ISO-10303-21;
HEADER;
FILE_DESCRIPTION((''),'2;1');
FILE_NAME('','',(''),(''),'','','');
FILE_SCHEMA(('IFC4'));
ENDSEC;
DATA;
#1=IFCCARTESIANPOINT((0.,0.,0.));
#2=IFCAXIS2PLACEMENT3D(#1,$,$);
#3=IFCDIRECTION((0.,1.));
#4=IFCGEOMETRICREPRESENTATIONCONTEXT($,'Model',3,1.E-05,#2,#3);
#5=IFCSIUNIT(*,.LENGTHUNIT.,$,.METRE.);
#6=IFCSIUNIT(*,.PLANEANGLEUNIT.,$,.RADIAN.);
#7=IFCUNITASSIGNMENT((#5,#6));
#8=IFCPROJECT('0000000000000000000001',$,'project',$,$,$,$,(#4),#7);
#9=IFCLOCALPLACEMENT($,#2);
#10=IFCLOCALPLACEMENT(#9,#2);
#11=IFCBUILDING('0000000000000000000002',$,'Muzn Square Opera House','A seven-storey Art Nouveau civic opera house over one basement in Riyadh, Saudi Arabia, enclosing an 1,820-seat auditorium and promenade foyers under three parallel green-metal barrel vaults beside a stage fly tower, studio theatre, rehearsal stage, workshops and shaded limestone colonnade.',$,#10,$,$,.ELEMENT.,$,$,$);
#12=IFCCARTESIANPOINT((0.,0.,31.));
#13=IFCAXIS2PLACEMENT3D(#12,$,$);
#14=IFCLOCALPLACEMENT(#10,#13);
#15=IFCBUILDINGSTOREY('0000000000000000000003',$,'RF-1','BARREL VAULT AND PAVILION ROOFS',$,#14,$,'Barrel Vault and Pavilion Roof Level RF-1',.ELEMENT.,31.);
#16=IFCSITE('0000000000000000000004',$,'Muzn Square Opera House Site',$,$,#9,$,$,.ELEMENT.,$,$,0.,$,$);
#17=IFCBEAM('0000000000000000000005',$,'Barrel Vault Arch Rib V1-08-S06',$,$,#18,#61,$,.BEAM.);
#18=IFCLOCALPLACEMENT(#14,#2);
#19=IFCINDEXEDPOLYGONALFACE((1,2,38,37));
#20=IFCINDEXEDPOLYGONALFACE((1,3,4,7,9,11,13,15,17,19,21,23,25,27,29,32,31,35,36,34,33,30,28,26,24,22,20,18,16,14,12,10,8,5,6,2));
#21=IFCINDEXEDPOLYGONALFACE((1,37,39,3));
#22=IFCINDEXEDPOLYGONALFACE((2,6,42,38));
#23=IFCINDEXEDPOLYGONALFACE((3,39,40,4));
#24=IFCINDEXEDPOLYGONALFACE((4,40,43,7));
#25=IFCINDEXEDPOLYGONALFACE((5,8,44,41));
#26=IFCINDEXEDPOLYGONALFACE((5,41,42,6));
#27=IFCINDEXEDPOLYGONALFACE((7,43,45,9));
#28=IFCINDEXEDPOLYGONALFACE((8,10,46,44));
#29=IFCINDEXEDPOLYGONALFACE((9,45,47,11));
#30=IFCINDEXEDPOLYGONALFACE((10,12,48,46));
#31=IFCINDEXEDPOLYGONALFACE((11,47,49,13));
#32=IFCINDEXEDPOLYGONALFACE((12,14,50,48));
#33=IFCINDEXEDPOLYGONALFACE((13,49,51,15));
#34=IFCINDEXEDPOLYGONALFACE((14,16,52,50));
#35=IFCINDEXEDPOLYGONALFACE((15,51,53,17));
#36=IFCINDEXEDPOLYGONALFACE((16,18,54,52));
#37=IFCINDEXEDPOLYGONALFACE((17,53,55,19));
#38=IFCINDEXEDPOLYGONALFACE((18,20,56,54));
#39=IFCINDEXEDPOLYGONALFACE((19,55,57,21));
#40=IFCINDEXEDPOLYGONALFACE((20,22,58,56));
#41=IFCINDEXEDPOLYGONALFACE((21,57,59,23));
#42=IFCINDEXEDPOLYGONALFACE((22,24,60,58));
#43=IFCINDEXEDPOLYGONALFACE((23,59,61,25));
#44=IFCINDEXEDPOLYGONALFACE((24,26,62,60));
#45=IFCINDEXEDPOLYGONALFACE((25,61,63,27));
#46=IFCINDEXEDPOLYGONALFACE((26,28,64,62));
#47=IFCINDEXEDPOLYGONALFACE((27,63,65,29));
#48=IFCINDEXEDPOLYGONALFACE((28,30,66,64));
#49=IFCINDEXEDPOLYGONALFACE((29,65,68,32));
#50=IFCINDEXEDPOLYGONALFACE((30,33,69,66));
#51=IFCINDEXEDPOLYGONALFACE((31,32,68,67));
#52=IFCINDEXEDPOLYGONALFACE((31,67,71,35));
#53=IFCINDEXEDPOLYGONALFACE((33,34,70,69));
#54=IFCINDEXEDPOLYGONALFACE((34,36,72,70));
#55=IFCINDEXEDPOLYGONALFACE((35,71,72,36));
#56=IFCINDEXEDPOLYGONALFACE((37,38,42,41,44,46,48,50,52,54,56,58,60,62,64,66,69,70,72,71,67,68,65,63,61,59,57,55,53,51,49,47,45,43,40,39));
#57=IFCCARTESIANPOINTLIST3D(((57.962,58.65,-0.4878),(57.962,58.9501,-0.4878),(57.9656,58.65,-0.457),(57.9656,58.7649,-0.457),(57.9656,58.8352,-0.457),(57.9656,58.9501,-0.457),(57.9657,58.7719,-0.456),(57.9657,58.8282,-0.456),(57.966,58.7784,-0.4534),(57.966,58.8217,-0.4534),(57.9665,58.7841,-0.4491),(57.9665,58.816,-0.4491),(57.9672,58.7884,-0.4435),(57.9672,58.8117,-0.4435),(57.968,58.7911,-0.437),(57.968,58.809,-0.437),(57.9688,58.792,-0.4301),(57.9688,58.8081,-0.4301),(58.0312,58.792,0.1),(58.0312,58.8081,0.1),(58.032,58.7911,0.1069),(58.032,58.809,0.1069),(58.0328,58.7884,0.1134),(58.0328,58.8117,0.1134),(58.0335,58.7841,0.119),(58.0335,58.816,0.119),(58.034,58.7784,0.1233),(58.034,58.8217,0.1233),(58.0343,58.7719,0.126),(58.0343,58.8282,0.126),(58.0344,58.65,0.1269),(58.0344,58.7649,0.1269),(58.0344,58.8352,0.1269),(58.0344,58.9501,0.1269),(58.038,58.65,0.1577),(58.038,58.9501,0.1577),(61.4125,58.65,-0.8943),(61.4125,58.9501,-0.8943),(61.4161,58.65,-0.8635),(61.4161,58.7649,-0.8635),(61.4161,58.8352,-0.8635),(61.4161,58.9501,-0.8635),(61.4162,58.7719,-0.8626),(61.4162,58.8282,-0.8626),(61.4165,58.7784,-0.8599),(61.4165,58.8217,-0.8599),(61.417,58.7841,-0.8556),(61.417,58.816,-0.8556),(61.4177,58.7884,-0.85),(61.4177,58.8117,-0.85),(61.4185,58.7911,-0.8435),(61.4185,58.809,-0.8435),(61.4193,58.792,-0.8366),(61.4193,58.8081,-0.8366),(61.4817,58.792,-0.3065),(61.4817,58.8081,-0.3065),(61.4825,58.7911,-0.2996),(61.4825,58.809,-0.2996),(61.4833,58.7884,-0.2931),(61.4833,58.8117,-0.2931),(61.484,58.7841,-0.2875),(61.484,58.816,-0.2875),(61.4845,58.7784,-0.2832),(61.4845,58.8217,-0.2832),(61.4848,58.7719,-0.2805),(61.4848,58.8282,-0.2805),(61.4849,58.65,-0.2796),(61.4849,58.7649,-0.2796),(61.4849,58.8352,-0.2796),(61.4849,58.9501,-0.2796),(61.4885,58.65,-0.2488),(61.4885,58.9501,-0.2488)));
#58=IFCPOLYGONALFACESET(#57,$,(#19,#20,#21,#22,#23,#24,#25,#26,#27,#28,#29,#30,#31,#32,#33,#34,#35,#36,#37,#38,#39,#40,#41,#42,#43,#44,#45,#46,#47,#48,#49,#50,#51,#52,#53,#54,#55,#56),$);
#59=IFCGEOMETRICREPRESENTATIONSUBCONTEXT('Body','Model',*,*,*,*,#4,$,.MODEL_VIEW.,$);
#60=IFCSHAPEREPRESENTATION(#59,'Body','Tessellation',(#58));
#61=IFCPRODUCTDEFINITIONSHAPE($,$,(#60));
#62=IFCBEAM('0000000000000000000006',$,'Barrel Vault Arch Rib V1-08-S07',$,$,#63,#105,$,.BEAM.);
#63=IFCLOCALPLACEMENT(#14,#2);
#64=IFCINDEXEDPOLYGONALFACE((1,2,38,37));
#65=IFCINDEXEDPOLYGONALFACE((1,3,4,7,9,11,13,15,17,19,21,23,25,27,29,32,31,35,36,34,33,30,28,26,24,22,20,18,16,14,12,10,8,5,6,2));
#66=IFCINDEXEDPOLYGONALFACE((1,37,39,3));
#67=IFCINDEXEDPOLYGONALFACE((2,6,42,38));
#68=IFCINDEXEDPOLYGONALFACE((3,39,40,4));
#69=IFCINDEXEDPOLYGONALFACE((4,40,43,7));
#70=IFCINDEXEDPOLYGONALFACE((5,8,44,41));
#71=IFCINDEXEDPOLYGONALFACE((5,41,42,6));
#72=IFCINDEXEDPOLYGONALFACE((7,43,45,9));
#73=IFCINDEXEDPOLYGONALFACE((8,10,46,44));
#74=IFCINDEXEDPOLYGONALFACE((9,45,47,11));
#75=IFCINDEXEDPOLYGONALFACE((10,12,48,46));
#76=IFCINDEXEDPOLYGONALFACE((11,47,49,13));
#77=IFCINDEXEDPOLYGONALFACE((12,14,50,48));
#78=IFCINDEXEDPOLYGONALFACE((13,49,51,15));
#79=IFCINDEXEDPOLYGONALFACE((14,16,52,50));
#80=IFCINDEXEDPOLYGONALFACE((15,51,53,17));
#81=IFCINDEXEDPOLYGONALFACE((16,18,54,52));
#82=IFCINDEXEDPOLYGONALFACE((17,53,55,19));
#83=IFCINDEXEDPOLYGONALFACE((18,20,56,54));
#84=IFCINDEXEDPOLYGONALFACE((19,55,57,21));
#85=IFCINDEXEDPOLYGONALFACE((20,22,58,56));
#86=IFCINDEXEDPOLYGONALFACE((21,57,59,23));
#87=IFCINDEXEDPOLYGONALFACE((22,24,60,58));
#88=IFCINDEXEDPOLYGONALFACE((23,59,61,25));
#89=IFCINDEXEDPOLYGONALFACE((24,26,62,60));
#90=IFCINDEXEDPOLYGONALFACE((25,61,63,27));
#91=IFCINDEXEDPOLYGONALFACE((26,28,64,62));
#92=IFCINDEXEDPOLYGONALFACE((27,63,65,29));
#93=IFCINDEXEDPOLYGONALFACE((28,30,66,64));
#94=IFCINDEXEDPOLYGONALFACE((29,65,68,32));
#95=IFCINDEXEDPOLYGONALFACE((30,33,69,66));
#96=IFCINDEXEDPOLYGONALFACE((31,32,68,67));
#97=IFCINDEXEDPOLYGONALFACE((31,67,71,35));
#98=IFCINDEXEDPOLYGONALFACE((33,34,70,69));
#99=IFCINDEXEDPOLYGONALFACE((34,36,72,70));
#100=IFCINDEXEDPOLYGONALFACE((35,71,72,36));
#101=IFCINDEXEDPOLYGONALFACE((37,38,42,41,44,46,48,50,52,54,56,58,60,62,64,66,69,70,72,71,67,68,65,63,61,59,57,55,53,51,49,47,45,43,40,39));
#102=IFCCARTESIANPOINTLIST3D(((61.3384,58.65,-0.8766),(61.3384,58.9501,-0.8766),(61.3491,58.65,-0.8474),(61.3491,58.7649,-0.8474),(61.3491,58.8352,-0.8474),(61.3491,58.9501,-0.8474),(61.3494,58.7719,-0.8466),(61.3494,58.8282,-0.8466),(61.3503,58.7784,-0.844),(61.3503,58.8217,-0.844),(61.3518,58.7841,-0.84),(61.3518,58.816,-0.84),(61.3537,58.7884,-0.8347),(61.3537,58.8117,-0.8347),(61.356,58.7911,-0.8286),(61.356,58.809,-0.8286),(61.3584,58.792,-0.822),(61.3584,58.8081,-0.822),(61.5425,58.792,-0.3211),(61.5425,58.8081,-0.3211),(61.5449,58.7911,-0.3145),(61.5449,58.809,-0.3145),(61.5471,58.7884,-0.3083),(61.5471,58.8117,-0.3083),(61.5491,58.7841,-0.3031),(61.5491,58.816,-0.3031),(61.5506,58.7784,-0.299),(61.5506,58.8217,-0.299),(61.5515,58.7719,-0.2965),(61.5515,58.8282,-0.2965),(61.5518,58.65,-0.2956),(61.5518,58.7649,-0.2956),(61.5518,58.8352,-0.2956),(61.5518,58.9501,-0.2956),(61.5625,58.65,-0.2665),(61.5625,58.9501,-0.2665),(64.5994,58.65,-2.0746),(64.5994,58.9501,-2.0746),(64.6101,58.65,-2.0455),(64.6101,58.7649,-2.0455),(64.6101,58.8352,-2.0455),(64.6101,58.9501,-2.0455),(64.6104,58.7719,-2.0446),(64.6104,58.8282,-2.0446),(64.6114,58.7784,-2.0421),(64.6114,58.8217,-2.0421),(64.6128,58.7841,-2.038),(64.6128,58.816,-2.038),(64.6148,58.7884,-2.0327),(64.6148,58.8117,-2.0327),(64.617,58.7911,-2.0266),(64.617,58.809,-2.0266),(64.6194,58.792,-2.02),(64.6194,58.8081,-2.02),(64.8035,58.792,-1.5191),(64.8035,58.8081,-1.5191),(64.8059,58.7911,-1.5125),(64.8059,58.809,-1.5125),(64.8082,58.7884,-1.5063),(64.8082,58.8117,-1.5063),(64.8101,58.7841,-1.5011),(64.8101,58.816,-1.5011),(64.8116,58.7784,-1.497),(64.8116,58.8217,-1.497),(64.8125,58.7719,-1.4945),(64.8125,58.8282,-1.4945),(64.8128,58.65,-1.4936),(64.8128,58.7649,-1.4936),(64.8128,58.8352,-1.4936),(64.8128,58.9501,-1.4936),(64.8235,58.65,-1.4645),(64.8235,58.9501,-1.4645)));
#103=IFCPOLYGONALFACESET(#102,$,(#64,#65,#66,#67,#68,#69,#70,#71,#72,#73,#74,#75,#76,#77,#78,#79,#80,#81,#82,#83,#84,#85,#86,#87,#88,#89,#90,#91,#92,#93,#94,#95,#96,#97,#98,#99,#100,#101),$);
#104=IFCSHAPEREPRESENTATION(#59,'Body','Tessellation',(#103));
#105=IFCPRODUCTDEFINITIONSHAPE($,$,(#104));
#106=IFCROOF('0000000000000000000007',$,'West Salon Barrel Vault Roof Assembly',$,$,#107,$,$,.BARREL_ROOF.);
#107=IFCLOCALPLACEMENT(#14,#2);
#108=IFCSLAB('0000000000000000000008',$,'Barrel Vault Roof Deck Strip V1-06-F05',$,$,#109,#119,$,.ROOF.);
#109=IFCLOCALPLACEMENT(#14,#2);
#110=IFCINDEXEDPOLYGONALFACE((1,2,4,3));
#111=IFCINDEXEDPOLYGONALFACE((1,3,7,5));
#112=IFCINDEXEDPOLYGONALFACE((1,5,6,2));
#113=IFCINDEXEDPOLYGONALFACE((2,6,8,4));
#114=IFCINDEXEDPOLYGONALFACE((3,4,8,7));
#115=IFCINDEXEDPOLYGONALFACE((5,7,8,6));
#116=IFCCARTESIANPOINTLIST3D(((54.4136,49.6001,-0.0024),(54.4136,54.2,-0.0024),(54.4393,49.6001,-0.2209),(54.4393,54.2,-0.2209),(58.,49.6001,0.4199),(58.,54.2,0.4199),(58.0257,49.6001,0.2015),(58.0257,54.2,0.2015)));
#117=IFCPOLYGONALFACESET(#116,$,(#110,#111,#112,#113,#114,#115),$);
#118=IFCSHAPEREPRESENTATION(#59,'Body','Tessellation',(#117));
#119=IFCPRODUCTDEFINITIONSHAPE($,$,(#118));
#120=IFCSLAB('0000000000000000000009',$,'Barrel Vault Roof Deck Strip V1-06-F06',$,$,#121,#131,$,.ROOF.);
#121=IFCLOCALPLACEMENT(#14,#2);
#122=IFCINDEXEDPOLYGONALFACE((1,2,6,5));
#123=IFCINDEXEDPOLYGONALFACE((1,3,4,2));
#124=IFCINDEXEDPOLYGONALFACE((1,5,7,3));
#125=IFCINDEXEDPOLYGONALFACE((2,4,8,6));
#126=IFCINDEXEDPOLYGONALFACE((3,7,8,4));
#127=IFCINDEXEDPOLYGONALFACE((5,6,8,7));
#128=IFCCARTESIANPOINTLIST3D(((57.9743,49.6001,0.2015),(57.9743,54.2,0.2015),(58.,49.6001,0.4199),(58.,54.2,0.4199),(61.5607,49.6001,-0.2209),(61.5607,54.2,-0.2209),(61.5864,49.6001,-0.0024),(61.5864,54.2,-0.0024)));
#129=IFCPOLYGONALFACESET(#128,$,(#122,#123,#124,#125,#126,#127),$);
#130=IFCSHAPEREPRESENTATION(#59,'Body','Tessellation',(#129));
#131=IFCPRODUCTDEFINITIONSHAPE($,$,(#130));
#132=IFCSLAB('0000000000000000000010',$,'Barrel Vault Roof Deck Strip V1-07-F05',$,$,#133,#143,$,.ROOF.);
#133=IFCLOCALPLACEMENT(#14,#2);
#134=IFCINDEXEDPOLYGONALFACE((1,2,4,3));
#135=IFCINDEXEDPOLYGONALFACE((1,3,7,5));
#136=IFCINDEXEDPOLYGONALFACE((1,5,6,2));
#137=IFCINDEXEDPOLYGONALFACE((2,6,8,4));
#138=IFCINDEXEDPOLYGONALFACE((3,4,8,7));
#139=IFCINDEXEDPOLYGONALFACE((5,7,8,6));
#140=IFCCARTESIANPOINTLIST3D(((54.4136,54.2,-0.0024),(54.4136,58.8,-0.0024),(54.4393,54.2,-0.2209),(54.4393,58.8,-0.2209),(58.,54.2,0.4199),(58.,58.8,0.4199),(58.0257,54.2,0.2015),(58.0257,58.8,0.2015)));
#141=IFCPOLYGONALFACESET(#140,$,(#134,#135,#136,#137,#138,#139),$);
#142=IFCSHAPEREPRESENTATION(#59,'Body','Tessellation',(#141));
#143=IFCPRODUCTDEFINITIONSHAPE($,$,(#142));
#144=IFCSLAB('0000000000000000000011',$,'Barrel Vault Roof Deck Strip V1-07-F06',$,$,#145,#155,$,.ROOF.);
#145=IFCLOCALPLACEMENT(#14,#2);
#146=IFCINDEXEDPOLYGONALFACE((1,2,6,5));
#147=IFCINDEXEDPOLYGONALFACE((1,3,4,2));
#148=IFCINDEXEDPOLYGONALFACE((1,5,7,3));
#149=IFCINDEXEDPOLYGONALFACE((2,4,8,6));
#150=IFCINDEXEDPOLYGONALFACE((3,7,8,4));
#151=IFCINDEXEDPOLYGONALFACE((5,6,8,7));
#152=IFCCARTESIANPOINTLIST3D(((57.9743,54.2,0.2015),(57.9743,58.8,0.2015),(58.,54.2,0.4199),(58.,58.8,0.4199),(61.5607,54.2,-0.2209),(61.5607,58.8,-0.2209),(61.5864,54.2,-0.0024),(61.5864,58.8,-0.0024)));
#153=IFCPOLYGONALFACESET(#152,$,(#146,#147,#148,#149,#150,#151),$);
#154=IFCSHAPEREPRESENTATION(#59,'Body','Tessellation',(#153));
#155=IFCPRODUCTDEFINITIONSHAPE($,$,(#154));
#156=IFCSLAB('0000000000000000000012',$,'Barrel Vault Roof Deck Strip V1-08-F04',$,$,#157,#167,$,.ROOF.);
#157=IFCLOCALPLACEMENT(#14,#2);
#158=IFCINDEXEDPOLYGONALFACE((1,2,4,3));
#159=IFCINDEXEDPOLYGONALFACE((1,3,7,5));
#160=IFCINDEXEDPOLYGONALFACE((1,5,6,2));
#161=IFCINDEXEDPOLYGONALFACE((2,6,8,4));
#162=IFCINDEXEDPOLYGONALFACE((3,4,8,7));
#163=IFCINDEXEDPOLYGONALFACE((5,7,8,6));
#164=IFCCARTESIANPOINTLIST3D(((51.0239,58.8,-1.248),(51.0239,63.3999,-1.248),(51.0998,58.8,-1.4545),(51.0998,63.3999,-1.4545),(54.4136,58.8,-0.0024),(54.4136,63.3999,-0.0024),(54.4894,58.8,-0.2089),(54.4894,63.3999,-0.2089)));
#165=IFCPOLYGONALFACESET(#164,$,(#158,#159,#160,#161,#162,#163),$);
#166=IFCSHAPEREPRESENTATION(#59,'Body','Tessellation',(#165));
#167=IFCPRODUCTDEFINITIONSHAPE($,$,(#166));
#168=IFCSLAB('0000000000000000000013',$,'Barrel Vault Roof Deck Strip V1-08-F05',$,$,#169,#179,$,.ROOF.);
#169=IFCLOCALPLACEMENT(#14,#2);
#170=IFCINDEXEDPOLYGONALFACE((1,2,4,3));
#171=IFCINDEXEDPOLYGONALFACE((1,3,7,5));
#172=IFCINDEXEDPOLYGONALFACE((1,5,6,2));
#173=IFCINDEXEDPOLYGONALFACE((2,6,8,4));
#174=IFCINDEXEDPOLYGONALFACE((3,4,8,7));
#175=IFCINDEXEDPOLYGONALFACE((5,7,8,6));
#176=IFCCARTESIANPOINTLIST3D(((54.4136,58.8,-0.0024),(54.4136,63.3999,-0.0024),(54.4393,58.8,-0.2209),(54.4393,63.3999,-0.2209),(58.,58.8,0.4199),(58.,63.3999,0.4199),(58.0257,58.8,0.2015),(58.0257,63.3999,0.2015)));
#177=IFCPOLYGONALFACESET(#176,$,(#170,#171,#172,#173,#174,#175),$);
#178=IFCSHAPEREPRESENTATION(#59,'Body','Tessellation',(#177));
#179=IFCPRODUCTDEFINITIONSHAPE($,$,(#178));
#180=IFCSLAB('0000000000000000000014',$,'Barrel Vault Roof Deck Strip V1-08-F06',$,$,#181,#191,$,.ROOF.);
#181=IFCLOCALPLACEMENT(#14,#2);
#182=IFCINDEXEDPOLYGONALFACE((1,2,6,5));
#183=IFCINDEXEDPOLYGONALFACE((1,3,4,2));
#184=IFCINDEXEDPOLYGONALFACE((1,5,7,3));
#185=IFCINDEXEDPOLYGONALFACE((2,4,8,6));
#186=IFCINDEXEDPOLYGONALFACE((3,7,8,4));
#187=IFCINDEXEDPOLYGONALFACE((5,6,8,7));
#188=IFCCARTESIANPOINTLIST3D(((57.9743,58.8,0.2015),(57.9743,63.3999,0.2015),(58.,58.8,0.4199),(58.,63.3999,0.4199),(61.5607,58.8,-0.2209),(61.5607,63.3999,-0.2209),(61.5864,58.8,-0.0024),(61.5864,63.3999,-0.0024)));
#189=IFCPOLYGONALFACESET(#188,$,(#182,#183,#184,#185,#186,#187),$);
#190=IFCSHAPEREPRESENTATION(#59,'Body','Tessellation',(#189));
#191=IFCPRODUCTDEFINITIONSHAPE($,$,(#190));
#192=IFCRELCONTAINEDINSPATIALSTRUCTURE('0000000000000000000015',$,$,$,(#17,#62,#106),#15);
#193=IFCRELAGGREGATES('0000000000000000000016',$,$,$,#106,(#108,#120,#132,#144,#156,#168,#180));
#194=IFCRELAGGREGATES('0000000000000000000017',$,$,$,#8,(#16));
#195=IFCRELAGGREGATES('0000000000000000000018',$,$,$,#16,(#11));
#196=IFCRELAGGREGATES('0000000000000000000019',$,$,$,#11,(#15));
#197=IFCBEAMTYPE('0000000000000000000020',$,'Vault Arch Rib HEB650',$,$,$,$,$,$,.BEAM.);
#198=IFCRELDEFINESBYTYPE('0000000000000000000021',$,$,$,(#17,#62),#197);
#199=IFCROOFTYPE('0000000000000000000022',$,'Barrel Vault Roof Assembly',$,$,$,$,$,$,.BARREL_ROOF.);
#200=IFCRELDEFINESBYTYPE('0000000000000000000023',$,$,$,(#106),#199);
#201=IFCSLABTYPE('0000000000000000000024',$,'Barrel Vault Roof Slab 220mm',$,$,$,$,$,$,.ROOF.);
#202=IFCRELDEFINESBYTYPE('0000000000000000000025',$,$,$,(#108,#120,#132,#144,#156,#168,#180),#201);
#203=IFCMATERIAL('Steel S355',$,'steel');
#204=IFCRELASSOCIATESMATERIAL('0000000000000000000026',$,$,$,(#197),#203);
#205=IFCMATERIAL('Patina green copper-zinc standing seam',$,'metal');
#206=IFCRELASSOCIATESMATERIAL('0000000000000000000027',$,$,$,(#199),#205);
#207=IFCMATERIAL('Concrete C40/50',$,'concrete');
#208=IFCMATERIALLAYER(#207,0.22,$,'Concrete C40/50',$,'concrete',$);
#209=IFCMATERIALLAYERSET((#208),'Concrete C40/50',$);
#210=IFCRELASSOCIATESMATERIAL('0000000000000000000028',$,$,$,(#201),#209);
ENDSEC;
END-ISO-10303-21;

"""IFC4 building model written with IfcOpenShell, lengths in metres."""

from ifc_helpers import new_model, si_unit, direction, frame, origin, origin_2d, place, context, subcontext, project, spatial, polyline, i_section, outline, extrude, material, layer, layer_set, material_profile, profile_set, type_object, element, aggregate, save


model = new_model("IFC4")

# Units and contexts
model_context = context("Model", 3, precision=1e-05, world=origin(), true_north=direction((0.0, 1.0)))
body_context = subcontext(model_context, "Body", "Model", "MODEL_VIEW")
ifc_project = project(units=[si_unit("LENGTHUNIT", "METRE"), si_unit("PLANEANGLEUNIT", "RADIAN")], contexts=[model_context])

# Site, building, storey
site_placement = place(None, origin())
site = spatial("IfcSite", under=ifc_project, at=site_placement, Name="Muzn Square Opera House Site", CompositionType="ELEMENT", RefElevation=0.0)
building_placement = place(site_placement, origin())
building = spatial("IfcBuilding", under=site, at=building_placement, Name="Muzn Square Opera House", Description="A seven-storey Art Nouveau civic opera house over one basement in Riyadh, Saudi Arabia, enclosing an 1,820-seat auditorium and promenade foyers under three parallel green-metal barrel vaults beside a stage fly tower, studio theatre, rehearsal stage, workshops and shaded limestone colonnade.", CompositionType="ELEMENT")
storey_placement = place(building_placement, frame((0.0, 0.0, 31.0)))
storey = spatial("IfcBuildingStorey", under=building, at=storey_placement, Name="RF-1", Description="BARREL VAULT AND PAVILION ROOFS", LongName="Barrel Vault and Pavilion Roof Level RF-1", CompositionType="ELEMENT", Elevation=31.0)

# Beams
ifc_material_1 = material(Name="Steel S355", Category="steel")
ifc_material_profile_1 = material_profile(ifc_material_1, i_section(OverallWidth=0.3, OverallDepth=0.6499, WebThickness=0.0161, FlangeThickness=0.031, FilletRadius=0.0271, at=origin_2d()), Name="HEB 650", Category="steel")
ifc_profile_set_1 = profile_set([ifc_material_profile_1], Name="Steel S355")
beam_type_1 = type_object("IfcBeamType", Name="Vault Arch Rib HEB650", PredefinedType="BEAM", material=ifc_profile_set_1)
for number, where, z_axis, x_axis, name in (
    (1, (58.0, 58.8, -0.165), (0.993132, 0.0, -0.117), (0.0, 1.0, 0.0), "Barrel Vault Arch Rib V1-08-S06"),
):
    element("IfcBeam", number, at=place(storey_placement, frame(where, z_axis=z_axis, x_axis=x_axis)), inside=storey, type_object=beam_type_1, Name=name, PredefinedType="BEAM", context=body_context, shape_type="SweptSolid", body=[
        extrude(i_section(OverallWidth=0.3, OverallDepth=0.6499, WebThickness=0.0161, FlangeThickness=0.031, FilletRadius=0.0271, at=origin_2d()), origin(), (0.0, 0.0, 1.0), 3.4744),
    ])
beam_1_placement = place(storey_placement, frame((61.4504, 58.8, -0.5715), z_axis=(0.938662, 0.0, -0.344839), x_axis=(0.0, 1.0, 0.0)))
element("IfcBeam", 2, at=beam_1_placement, inside=storey, type_object=beam_type_1, Name="Barrel Vault Arch Rib V1-08-S07", PredefinedType="BEAM", context=body_context, shape_type="SweptSolid", body=[
    extrude(i_section(OverallWidth=0.3, OverallDepth=0.6499, WebThickness=0.0161, FlangeThickness=0.031, FilletRadius=0.0271, at=origin_2d()), origin(), (0.0, 0.0, 1.0), 3.4741),
])

# Roof, slabs
ifc_material_2 = material(Name="Patina green copper-zinc standing seam", Category="metal")
roof_type = type_object("IfcRoofType", Name="Barrel Vault Roof Assembly", PredefinedType="BARREL_ROOF", material=ifc_material_2)
roof_placement = place(storey_placement, origin())
roof = element("IfcRoof", 3, at=roof_placement, inside=storey, type_object=roof_type, Name="West Salon Barrel Vault Roof Assembly", PredefinedType="BARREL_ROOF")
ifc_material_3 = material(Name="Concrete C40/50", Category="concrete")
ifc_layer_1 = layer(ifc_material_3, 0.22, Name="Concrete C40/50", Category="concrete")
ifc_layer_set_1 = layer_set([ifc_layer_1], Name="Concrete C40/50")
slab_type = type_object("IfcSlabType", Name="Barrel Vault Roof Slab 220mm", PredefinedType="ROOF", material=ifc_layer_set_1)
slab_1_placement = place(storey_placement, frame((58.0, 49.6001, 0.4199), z_axis=(-0.116959, 0.0, 0.993137), x_axis=(0.0, 1.0, 0.0)))
slab_1 = element("IfcSlab", 4, at=slab_1_placement, type_object=slab_type, Name="Barrel Vault Roof Deck Strip V1-06-F05", PredefinedType="ROOF", context=body_context, shape_type="SweptSolid", body=[
    extrude(outline(polyline([(0.0, 3.6112), (0.0, 0.0), (4.5999, 0.0), (4.5999, 3.6112), (0.0, 3.6112)])), origin(), (0.0, 0.0, -1.0), 0.22),
])
slab_2_placement = place(storey_placement, frame((58.0, 49.6001, 0.4199), z_axis=(0.116959, 0.0, 0.993137), x_axis=(0.993137, 0.0, -0.116959)))
slab_2 = element("IfcSlab", 5, at=slab_2_placement, type_object=slab_type, Name="Barrel Vault Roof Deck Strip V1-06-F06", PredefinedType="ROOF", context=body_context, shape_type="SweptSolid", body=[
    extrude(outline(polyline([(0.0, 0.0), (3.6112, 0.0), (3.6112, 4.5999), (0.0, 4.5999), (0.0, 0.0)])), origin(), (0.0, 0.0, -1.0), 0.22),
])
slab_3_placement = place(storey_placement, frame((58.0, 54.2, 0.4199), z_axis=(-0.116959, 0.0, 0.993137), x_axis=(0.0, 1.0, 0.0)))
slab_3 = element("IfcSlab", 6, at=slab_3_placement, type_object=slab_type, Name="Barrel Vault Roof Deck Strip V1-07-F05", PredefinedType="ROOF", context=body_context, shape_type="SweptSolid", body=[
    extrude(outline(polyline([(0.0, 3.6112), (0.0, 0.0), (4.6001, 0.0), (4.6001, 3.6112), (0.0, 3.6112)])), origin(), (0.0, 0.0, -1.0), 0.22),
])
slab_4_placement = place(storey_placement, frame((58.0, 54.2, 0.4199), z_axis=(0.116959, 0.0, 0.993137), x_axis=(0.993137, 0.0, -0.116959)))
slab_4 = element("IfcSlab", 7, at=slab_4_placement, type_object=slab_type, Name="Barrel Vault Roof Deck Strip V1-07-F06", PredefinedType="ROOF", context=body_context, shape_type="SweptSolid", body=[
    extrude(outline(polyline([(0.0, 0.0), (3.6112, 0.0), (3.6112, 4.6001), (0.0, 4.6001), (0.0, 0.0)])), origin(), (0.0, 0.0, -1.0), 0.22),
])
slab_5_placement = place(storey_placement, frame((54.4136, 58.8, -0.0024), z_axis=(-0.344922, 0.0, 0.938631), x_axis=(0.0, 1.0, 0.0)))
slab_5 = element("IfcSlab", 8, at=slab_5_placement, type_object=slab_type, Name="Barrel Vault Roof Deck Strip V1-08-F04", PredefinedType="ROOF", context=body_context, shape_type="SweptSolid", body=[
    extrude(outline(polyline([(0.0, 3.6113), (0.0, 0.0), (4.5999, 0.0), (4.5999, 3.6113), (0.0, 3.6113)])), origin(), (0.0, 0.0, -1.0), 0.22),
])
slab_6_placement = place(storey_placement, frame((58.0, 58.8, 0.4199), z_axis=(-0.116959, 0.0, 0.993137), x_axis=(0.0, 1.0, 0.0)))
slab_6 = element("IfcSlab", 9, at=slab_6_placement, type_object=slab_type, Name="Barrel Vault Roof Deck Strip V1-08-F05", PredefinedType="ROOF", context=body_context, shape_type="SweptSolid", body=[
    extrude(outline(polyline([(0.0, 3.6112), (0.0, 0.0), (4.5999, 0.0), (4.5999, 3.6112), (0.0, 3.6112)])), origin(), (0.0, 0.0, -1.0), 0.22),
])
slab_7_placement = place(storey_placement, frame((58.0, 58.8, 0.4199), z_axis=(0.116959, 0.0, 0.993137), x_axis=(0.993137, 0.0, -0.116959)))
slab_7 = element("IfcSlab", 10, at=slab_7_placement, type_object=slab_type, Name="Barrel Vault Roof Deck Strip V1-08-F06", PredefinedType="ROOF", context=body_context, shape_type="SweptSolid", body=[
    extrude(outline(polyline([(0.0, 0.0), (3.6112, 0.0), (3.6112, 4.5999), (0.0, 4.5999), (0.0, 0.0)])), origin(), (0.0, 0.0, -1.0), 0.22),
])
aggregate(roof, [slab_1, slab_2, slab_3, slab_4, slab_5, slab_6, slab_7])

save(model, "model.ifc")
